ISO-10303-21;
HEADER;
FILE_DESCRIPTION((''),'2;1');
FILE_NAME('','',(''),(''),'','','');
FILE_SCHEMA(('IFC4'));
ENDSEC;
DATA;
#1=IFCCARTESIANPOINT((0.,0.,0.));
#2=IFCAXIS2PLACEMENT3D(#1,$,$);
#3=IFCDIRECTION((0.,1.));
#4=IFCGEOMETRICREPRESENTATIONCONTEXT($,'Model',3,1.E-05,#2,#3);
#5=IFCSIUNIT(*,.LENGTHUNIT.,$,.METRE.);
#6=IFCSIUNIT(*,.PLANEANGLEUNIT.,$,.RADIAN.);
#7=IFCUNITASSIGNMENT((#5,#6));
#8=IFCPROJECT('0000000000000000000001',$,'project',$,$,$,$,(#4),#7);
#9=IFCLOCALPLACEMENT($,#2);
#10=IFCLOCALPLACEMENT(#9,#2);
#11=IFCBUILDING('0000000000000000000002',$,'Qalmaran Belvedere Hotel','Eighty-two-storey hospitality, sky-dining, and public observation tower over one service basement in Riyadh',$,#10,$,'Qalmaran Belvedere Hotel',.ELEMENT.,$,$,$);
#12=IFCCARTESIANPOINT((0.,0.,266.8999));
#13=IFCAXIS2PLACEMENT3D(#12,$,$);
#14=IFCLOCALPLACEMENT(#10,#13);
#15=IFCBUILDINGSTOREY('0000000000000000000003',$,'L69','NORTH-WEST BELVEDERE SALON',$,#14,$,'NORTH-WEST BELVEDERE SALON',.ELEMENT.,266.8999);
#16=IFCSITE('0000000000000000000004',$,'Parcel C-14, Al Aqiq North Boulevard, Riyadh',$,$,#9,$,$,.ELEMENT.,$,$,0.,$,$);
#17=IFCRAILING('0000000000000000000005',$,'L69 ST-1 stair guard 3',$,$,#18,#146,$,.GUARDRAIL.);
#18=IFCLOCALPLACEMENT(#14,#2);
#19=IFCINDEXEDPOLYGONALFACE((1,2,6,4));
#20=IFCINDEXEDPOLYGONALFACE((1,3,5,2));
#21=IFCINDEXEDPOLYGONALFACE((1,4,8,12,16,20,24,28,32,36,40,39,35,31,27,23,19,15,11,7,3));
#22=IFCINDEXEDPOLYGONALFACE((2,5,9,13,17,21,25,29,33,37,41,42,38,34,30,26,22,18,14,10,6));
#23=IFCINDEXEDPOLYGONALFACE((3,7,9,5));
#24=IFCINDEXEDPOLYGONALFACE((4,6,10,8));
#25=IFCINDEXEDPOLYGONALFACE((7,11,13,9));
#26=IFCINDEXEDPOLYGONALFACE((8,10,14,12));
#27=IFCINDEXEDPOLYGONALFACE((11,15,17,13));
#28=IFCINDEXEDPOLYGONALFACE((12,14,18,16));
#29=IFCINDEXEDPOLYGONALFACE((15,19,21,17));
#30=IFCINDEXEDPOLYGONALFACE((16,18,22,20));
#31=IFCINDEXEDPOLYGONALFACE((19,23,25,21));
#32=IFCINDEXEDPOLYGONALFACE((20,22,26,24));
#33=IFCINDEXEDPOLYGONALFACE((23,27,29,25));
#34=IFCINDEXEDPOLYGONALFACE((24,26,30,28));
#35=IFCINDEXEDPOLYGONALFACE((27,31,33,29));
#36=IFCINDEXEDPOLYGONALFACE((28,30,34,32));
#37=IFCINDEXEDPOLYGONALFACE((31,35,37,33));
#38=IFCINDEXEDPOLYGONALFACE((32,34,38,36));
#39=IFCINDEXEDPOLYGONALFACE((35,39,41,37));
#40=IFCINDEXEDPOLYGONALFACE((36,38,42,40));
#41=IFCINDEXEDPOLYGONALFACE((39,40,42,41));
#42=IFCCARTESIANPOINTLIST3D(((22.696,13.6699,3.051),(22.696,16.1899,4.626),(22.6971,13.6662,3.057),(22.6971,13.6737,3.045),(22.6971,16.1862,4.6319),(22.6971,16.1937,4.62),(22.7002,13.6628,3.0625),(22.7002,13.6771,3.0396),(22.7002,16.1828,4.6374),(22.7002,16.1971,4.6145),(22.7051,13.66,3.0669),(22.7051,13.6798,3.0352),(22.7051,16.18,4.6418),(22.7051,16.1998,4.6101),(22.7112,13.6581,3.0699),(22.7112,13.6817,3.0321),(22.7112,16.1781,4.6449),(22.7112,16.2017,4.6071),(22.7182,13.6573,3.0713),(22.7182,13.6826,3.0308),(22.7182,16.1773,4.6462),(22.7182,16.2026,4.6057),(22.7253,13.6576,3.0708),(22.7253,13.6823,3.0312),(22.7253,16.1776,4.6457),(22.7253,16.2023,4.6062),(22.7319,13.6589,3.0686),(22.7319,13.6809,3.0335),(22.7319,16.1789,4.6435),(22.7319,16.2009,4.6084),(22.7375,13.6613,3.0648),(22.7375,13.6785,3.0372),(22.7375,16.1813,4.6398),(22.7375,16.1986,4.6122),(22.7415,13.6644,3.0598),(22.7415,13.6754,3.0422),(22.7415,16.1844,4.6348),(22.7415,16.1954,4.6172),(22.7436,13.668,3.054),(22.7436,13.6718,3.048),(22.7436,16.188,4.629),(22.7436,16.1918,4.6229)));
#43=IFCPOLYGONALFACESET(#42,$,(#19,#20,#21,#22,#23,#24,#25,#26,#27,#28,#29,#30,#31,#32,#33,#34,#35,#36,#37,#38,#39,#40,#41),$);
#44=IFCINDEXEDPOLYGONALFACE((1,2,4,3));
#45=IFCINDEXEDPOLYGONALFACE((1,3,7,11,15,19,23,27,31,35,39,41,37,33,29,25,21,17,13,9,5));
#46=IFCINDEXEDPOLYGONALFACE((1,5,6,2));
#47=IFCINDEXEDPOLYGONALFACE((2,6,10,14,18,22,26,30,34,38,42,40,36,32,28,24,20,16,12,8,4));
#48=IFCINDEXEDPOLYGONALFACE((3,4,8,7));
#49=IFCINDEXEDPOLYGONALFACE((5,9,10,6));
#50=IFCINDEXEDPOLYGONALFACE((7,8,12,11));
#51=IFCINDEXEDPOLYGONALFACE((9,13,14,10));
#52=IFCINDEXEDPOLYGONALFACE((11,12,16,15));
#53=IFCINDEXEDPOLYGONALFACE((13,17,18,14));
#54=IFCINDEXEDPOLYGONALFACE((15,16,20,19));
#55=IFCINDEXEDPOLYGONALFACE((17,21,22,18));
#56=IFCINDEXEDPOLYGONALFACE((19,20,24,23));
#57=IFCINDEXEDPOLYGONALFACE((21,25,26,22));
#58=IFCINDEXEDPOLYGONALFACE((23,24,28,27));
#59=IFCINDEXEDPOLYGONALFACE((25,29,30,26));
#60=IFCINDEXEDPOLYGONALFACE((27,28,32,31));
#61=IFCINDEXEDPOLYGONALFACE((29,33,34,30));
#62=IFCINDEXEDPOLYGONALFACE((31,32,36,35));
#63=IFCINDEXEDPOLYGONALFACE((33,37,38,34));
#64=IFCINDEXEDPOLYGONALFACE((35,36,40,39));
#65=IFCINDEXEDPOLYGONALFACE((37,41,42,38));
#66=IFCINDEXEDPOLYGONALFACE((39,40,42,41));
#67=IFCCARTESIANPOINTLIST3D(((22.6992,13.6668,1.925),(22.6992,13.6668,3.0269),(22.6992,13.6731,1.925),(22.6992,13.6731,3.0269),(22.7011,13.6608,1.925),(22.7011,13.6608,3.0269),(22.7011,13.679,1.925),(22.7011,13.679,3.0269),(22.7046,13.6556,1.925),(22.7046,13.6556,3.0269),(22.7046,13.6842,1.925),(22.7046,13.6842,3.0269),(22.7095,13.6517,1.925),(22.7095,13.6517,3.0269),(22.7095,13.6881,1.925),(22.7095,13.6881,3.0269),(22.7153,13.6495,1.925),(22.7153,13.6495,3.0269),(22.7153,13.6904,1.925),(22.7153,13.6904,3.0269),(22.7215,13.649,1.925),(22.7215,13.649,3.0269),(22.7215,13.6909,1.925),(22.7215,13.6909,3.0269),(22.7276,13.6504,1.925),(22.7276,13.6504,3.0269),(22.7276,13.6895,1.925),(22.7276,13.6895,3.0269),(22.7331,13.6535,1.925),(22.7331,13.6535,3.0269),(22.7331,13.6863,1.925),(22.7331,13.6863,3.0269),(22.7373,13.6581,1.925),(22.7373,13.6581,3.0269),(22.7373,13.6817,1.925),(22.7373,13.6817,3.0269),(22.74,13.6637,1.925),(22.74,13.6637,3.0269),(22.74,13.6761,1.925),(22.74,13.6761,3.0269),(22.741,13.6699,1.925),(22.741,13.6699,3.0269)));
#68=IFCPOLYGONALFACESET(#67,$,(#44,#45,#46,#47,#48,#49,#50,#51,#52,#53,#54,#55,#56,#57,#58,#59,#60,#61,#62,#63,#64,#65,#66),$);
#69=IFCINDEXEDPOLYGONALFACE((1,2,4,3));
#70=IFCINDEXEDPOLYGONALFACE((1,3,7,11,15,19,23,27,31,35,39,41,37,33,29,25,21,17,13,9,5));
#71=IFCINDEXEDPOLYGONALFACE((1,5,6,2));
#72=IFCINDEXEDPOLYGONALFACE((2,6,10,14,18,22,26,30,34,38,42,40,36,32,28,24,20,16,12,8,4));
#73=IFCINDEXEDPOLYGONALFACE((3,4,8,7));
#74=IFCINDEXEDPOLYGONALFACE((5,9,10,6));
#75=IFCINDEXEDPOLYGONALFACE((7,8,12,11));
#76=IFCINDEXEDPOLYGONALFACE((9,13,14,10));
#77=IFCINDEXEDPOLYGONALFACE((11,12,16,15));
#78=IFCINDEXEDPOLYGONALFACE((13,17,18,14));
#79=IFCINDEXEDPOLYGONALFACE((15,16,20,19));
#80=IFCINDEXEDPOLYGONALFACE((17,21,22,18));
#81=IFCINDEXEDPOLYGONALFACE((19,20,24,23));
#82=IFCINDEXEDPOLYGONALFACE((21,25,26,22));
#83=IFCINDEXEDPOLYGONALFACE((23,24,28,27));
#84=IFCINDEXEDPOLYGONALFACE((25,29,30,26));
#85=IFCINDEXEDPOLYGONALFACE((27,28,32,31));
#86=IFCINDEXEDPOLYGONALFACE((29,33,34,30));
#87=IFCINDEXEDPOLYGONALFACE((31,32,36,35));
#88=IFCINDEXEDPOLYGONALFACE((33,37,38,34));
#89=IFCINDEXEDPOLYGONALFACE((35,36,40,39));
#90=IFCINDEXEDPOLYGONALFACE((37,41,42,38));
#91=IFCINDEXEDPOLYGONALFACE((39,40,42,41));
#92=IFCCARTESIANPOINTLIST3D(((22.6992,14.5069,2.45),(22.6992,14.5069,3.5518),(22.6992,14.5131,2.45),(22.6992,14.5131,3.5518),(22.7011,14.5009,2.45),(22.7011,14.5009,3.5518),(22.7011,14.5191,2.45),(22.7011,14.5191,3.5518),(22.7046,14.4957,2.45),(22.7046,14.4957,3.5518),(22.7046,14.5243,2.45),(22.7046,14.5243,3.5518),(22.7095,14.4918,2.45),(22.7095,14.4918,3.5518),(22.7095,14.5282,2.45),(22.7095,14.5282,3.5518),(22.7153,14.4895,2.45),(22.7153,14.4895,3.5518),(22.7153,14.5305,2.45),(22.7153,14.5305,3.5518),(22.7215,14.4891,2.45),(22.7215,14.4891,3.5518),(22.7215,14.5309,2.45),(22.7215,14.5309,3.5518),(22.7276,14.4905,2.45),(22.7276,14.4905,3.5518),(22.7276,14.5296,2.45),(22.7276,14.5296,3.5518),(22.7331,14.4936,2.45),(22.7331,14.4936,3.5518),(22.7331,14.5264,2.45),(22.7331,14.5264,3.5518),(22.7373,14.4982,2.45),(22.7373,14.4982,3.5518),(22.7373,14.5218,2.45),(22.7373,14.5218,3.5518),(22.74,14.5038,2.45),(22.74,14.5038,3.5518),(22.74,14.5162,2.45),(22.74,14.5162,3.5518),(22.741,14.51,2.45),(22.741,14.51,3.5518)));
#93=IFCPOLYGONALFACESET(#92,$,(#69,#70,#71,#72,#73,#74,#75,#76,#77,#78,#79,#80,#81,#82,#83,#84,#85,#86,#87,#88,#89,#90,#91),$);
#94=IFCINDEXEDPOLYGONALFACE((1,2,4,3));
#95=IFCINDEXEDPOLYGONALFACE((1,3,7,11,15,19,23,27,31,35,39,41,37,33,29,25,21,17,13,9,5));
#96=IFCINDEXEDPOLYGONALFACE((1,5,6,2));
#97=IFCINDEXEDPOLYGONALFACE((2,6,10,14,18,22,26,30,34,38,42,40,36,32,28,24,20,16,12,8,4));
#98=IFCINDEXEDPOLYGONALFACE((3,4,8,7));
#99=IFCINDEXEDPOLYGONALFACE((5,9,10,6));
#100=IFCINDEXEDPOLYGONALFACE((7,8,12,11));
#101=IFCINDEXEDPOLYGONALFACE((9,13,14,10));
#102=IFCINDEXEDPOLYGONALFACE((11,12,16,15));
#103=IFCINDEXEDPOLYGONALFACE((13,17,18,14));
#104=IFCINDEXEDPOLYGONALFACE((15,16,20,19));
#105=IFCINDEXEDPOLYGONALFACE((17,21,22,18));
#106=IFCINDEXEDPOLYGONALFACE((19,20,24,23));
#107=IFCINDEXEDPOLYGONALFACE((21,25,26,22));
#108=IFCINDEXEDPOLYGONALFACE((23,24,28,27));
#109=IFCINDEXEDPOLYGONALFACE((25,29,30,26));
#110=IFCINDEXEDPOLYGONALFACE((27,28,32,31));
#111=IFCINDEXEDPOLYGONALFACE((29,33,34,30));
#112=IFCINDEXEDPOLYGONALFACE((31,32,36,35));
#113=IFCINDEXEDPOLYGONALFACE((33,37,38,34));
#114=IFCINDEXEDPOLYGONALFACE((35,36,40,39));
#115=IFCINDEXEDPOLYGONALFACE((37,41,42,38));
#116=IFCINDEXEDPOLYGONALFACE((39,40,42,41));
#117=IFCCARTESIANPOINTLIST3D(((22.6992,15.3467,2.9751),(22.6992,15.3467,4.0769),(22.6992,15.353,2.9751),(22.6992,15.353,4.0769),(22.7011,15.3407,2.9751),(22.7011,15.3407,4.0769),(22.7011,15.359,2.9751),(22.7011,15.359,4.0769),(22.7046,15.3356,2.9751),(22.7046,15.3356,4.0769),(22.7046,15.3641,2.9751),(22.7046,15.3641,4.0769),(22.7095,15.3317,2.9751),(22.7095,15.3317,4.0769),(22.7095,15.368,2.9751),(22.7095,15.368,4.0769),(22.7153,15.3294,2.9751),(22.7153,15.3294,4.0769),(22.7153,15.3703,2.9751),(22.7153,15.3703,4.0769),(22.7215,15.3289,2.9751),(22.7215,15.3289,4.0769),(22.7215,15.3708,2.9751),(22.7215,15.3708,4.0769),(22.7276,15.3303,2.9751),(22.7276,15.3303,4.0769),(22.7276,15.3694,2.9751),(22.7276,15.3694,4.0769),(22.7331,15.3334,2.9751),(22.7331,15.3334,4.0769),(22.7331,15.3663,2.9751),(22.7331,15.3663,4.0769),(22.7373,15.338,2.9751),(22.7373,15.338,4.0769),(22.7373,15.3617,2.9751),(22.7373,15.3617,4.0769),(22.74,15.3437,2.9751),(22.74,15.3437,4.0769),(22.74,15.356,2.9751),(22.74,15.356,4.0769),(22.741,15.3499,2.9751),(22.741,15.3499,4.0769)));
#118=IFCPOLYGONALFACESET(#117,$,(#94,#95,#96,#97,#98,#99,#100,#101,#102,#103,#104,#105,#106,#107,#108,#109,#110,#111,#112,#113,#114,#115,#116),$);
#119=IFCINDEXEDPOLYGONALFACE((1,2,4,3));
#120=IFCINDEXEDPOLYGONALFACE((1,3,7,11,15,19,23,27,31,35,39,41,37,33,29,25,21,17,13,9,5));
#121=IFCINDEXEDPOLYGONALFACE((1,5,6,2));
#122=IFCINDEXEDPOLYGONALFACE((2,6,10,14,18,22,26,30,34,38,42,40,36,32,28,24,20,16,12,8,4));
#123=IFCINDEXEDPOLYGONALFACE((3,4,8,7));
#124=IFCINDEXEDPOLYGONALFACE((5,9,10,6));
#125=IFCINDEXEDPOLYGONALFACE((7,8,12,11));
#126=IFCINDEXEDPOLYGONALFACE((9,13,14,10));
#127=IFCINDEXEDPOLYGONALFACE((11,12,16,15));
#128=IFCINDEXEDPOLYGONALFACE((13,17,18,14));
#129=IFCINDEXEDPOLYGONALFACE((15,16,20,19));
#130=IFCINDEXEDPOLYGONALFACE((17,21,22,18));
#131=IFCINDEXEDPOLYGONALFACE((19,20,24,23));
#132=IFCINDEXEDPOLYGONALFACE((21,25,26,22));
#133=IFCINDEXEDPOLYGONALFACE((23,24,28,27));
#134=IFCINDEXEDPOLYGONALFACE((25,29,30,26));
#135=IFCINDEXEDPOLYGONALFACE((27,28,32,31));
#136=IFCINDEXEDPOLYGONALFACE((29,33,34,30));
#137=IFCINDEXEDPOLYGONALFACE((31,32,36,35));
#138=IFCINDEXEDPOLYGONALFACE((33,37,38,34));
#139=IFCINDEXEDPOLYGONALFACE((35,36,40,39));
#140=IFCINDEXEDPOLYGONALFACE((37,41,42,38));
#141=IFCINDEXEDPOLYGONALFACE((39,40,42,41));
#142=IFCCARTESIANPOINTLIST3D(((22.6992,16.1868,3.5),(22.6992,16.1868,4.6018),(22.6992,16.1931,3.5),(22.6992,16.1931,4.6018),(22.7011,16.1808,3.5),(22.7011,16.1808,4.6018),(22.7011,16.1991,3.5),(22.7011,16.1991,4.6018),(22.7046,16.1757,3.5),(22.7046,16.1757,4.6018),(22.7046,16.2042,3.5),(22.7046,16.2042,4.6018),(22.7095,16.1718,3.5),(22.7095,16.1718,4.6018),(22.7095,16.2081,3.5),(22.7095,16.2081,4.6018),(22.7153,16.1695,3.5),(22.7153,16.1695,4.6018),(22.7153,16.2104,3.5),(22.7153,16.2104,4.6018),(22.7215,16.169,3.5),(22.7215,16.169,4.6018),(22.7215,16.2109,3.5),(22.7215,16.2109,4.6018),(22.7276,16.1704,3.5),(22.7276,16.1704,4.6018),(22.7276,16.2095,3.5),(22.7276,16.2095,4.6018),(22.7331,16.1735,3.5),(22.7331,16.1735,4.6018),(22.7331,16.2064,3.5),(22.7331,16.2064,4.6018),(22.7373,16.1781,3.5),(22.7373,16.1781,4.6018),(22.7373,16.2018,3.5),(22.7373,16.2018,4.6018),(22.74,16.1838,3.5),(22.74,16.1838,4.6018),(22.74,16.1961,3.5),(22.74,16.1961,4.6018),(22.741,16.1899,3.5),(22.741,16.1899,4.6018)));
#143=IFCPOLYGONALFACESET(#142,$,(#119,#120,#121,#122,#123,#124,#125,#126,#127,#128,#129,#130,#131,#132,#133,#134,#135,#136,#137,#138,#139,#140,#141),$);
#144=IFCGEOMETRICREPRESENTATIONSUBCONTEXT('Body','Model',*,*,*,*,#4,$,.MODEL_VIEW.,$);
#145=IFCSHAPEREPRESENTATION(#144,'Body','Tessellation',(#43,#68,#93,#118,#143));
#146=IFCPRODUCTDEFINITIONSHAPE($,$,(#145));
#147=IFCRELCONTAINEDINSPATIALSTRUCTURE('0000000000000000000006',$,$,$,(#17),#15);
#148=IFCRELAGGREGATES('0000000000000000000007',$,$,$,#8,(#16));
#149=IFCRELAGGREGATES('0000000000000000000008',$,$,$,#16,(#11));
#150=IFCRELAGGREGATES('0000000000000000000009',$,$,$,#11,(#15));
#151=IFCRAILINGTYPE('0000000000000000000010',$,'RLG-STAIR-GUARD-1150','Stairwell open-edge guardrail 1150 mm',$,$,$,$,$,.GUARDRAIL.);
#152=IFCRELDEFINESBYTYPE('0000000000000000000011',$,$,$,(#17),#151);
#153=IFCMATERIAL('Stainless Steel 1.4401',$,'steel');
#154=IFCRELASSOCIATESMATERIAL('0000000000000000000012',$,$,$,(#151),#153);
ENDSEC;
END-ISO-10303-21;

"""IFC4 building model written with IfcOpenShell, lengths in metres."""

from ifc_helpers import new_model, si_unit, direction, frame, origin, origin_2d, place, context, subcontext, project, spatial, circle, extrude, material, type_object, element, save


model = new_model("IFC4")

# Units and contexts
model_context = context("Model", 3, precision=1e-05, world=origin(), true_north=direction((0.0, 1.0)))
body_context = subcontext(model_context, "Body", "Model", "MODEL_VIEW")
ifc_project = project(units=[si_unit("LENGTHUNIT", "METRE"), si_unit("PLANEANGLEUNIT", "RADIAN")], contexts=[model_context])

# Site, building, storey
site_placement = place(None, origin())
site = spatial("IfcSite", under=ifc_project, at=site_placement, Name="Parcel C-14, Al Aqiq North Boulevard, Riyadh", CompositionType="ELEMENT", RefElevation=0.0)
building_placement = place(site_placement, origin())
building = spatial("IfcBuilding", under=site, at=building_placement, Name="Qalmaran Belvedere Hotel", Description="Eighty-two-storey hospitality, sky-dining, and public observation tower over one service basement in Riyadh", LongName="Qalmaran Belvedere Hotel", CompositionType="ELEMENT")
storey_placement = place(building_placement, frame((0.0, 0.0, 266.8999)))
storey = spatial("IfcBuildingStorey", under=building, at=storey_placement, Name="L69", Description="NORTH-WEST BELVEDERE SALON", LongName="NORTH-WEST BELVEDERE SALON", CompositionType="ELEMENT", Elevation=266.8999)

# Shared definitions
ifc_material_1 = material(Name="Stainless Steel 1.4401", Category="steel")

# Railing
railing_type_1 = type_object("IfcRailingType", Name="RLG-STAIR-GUARD-1150", Description="Stairwell open-edge guardrail 1150 mm", PredefinedType="GUARDRAIL", material=ifc_material_1)
railing_1_placement = place(storey_placement, frame((22.72, 13.6699, 1.925)))
element("IfcRailing", 1, at=railing_1_placement, inside=storey, type_object=railing_type_1, Name="L69 ST-1 stair guard 3", PredefinedType="GUARDRAIL", context=body_context, shape_type="SweptSolid", body=[
    extrude(circle(Radius=0.0239, at=origin_2d()), frame((0.0, 0.0, 1.126), z_axis=(0.0, 0.848008, 0.529984), x_axis=(-1.0, 0.0, 0.0)), (0.0, 0.0, 1.0), 2.9717),
    extrude(circle(Radius=0.021, at=origin_2d()), origin(), (0.0, 0.0, 1.0), 1.1018),
    extrude(circle(Radius=0.021, at=origin_2d()), frame((0.0, 0.8401, 0.5249)), (0.0, 0.0, 1.0), 1.1018),
    extrude(circle(Radius=0.021, at=origin_2d()), frame((0.0, 1.6799, 1.05)), (0.0, 0.0, 1.0), 1.1018),
    extrude(circle(Radius=0.021, at=origin_2d()), frame((0.0, 2.52, 1.575)), (0.0, 0.0, 1.0), 1.1018),
])

save(model, "model.ifc")
